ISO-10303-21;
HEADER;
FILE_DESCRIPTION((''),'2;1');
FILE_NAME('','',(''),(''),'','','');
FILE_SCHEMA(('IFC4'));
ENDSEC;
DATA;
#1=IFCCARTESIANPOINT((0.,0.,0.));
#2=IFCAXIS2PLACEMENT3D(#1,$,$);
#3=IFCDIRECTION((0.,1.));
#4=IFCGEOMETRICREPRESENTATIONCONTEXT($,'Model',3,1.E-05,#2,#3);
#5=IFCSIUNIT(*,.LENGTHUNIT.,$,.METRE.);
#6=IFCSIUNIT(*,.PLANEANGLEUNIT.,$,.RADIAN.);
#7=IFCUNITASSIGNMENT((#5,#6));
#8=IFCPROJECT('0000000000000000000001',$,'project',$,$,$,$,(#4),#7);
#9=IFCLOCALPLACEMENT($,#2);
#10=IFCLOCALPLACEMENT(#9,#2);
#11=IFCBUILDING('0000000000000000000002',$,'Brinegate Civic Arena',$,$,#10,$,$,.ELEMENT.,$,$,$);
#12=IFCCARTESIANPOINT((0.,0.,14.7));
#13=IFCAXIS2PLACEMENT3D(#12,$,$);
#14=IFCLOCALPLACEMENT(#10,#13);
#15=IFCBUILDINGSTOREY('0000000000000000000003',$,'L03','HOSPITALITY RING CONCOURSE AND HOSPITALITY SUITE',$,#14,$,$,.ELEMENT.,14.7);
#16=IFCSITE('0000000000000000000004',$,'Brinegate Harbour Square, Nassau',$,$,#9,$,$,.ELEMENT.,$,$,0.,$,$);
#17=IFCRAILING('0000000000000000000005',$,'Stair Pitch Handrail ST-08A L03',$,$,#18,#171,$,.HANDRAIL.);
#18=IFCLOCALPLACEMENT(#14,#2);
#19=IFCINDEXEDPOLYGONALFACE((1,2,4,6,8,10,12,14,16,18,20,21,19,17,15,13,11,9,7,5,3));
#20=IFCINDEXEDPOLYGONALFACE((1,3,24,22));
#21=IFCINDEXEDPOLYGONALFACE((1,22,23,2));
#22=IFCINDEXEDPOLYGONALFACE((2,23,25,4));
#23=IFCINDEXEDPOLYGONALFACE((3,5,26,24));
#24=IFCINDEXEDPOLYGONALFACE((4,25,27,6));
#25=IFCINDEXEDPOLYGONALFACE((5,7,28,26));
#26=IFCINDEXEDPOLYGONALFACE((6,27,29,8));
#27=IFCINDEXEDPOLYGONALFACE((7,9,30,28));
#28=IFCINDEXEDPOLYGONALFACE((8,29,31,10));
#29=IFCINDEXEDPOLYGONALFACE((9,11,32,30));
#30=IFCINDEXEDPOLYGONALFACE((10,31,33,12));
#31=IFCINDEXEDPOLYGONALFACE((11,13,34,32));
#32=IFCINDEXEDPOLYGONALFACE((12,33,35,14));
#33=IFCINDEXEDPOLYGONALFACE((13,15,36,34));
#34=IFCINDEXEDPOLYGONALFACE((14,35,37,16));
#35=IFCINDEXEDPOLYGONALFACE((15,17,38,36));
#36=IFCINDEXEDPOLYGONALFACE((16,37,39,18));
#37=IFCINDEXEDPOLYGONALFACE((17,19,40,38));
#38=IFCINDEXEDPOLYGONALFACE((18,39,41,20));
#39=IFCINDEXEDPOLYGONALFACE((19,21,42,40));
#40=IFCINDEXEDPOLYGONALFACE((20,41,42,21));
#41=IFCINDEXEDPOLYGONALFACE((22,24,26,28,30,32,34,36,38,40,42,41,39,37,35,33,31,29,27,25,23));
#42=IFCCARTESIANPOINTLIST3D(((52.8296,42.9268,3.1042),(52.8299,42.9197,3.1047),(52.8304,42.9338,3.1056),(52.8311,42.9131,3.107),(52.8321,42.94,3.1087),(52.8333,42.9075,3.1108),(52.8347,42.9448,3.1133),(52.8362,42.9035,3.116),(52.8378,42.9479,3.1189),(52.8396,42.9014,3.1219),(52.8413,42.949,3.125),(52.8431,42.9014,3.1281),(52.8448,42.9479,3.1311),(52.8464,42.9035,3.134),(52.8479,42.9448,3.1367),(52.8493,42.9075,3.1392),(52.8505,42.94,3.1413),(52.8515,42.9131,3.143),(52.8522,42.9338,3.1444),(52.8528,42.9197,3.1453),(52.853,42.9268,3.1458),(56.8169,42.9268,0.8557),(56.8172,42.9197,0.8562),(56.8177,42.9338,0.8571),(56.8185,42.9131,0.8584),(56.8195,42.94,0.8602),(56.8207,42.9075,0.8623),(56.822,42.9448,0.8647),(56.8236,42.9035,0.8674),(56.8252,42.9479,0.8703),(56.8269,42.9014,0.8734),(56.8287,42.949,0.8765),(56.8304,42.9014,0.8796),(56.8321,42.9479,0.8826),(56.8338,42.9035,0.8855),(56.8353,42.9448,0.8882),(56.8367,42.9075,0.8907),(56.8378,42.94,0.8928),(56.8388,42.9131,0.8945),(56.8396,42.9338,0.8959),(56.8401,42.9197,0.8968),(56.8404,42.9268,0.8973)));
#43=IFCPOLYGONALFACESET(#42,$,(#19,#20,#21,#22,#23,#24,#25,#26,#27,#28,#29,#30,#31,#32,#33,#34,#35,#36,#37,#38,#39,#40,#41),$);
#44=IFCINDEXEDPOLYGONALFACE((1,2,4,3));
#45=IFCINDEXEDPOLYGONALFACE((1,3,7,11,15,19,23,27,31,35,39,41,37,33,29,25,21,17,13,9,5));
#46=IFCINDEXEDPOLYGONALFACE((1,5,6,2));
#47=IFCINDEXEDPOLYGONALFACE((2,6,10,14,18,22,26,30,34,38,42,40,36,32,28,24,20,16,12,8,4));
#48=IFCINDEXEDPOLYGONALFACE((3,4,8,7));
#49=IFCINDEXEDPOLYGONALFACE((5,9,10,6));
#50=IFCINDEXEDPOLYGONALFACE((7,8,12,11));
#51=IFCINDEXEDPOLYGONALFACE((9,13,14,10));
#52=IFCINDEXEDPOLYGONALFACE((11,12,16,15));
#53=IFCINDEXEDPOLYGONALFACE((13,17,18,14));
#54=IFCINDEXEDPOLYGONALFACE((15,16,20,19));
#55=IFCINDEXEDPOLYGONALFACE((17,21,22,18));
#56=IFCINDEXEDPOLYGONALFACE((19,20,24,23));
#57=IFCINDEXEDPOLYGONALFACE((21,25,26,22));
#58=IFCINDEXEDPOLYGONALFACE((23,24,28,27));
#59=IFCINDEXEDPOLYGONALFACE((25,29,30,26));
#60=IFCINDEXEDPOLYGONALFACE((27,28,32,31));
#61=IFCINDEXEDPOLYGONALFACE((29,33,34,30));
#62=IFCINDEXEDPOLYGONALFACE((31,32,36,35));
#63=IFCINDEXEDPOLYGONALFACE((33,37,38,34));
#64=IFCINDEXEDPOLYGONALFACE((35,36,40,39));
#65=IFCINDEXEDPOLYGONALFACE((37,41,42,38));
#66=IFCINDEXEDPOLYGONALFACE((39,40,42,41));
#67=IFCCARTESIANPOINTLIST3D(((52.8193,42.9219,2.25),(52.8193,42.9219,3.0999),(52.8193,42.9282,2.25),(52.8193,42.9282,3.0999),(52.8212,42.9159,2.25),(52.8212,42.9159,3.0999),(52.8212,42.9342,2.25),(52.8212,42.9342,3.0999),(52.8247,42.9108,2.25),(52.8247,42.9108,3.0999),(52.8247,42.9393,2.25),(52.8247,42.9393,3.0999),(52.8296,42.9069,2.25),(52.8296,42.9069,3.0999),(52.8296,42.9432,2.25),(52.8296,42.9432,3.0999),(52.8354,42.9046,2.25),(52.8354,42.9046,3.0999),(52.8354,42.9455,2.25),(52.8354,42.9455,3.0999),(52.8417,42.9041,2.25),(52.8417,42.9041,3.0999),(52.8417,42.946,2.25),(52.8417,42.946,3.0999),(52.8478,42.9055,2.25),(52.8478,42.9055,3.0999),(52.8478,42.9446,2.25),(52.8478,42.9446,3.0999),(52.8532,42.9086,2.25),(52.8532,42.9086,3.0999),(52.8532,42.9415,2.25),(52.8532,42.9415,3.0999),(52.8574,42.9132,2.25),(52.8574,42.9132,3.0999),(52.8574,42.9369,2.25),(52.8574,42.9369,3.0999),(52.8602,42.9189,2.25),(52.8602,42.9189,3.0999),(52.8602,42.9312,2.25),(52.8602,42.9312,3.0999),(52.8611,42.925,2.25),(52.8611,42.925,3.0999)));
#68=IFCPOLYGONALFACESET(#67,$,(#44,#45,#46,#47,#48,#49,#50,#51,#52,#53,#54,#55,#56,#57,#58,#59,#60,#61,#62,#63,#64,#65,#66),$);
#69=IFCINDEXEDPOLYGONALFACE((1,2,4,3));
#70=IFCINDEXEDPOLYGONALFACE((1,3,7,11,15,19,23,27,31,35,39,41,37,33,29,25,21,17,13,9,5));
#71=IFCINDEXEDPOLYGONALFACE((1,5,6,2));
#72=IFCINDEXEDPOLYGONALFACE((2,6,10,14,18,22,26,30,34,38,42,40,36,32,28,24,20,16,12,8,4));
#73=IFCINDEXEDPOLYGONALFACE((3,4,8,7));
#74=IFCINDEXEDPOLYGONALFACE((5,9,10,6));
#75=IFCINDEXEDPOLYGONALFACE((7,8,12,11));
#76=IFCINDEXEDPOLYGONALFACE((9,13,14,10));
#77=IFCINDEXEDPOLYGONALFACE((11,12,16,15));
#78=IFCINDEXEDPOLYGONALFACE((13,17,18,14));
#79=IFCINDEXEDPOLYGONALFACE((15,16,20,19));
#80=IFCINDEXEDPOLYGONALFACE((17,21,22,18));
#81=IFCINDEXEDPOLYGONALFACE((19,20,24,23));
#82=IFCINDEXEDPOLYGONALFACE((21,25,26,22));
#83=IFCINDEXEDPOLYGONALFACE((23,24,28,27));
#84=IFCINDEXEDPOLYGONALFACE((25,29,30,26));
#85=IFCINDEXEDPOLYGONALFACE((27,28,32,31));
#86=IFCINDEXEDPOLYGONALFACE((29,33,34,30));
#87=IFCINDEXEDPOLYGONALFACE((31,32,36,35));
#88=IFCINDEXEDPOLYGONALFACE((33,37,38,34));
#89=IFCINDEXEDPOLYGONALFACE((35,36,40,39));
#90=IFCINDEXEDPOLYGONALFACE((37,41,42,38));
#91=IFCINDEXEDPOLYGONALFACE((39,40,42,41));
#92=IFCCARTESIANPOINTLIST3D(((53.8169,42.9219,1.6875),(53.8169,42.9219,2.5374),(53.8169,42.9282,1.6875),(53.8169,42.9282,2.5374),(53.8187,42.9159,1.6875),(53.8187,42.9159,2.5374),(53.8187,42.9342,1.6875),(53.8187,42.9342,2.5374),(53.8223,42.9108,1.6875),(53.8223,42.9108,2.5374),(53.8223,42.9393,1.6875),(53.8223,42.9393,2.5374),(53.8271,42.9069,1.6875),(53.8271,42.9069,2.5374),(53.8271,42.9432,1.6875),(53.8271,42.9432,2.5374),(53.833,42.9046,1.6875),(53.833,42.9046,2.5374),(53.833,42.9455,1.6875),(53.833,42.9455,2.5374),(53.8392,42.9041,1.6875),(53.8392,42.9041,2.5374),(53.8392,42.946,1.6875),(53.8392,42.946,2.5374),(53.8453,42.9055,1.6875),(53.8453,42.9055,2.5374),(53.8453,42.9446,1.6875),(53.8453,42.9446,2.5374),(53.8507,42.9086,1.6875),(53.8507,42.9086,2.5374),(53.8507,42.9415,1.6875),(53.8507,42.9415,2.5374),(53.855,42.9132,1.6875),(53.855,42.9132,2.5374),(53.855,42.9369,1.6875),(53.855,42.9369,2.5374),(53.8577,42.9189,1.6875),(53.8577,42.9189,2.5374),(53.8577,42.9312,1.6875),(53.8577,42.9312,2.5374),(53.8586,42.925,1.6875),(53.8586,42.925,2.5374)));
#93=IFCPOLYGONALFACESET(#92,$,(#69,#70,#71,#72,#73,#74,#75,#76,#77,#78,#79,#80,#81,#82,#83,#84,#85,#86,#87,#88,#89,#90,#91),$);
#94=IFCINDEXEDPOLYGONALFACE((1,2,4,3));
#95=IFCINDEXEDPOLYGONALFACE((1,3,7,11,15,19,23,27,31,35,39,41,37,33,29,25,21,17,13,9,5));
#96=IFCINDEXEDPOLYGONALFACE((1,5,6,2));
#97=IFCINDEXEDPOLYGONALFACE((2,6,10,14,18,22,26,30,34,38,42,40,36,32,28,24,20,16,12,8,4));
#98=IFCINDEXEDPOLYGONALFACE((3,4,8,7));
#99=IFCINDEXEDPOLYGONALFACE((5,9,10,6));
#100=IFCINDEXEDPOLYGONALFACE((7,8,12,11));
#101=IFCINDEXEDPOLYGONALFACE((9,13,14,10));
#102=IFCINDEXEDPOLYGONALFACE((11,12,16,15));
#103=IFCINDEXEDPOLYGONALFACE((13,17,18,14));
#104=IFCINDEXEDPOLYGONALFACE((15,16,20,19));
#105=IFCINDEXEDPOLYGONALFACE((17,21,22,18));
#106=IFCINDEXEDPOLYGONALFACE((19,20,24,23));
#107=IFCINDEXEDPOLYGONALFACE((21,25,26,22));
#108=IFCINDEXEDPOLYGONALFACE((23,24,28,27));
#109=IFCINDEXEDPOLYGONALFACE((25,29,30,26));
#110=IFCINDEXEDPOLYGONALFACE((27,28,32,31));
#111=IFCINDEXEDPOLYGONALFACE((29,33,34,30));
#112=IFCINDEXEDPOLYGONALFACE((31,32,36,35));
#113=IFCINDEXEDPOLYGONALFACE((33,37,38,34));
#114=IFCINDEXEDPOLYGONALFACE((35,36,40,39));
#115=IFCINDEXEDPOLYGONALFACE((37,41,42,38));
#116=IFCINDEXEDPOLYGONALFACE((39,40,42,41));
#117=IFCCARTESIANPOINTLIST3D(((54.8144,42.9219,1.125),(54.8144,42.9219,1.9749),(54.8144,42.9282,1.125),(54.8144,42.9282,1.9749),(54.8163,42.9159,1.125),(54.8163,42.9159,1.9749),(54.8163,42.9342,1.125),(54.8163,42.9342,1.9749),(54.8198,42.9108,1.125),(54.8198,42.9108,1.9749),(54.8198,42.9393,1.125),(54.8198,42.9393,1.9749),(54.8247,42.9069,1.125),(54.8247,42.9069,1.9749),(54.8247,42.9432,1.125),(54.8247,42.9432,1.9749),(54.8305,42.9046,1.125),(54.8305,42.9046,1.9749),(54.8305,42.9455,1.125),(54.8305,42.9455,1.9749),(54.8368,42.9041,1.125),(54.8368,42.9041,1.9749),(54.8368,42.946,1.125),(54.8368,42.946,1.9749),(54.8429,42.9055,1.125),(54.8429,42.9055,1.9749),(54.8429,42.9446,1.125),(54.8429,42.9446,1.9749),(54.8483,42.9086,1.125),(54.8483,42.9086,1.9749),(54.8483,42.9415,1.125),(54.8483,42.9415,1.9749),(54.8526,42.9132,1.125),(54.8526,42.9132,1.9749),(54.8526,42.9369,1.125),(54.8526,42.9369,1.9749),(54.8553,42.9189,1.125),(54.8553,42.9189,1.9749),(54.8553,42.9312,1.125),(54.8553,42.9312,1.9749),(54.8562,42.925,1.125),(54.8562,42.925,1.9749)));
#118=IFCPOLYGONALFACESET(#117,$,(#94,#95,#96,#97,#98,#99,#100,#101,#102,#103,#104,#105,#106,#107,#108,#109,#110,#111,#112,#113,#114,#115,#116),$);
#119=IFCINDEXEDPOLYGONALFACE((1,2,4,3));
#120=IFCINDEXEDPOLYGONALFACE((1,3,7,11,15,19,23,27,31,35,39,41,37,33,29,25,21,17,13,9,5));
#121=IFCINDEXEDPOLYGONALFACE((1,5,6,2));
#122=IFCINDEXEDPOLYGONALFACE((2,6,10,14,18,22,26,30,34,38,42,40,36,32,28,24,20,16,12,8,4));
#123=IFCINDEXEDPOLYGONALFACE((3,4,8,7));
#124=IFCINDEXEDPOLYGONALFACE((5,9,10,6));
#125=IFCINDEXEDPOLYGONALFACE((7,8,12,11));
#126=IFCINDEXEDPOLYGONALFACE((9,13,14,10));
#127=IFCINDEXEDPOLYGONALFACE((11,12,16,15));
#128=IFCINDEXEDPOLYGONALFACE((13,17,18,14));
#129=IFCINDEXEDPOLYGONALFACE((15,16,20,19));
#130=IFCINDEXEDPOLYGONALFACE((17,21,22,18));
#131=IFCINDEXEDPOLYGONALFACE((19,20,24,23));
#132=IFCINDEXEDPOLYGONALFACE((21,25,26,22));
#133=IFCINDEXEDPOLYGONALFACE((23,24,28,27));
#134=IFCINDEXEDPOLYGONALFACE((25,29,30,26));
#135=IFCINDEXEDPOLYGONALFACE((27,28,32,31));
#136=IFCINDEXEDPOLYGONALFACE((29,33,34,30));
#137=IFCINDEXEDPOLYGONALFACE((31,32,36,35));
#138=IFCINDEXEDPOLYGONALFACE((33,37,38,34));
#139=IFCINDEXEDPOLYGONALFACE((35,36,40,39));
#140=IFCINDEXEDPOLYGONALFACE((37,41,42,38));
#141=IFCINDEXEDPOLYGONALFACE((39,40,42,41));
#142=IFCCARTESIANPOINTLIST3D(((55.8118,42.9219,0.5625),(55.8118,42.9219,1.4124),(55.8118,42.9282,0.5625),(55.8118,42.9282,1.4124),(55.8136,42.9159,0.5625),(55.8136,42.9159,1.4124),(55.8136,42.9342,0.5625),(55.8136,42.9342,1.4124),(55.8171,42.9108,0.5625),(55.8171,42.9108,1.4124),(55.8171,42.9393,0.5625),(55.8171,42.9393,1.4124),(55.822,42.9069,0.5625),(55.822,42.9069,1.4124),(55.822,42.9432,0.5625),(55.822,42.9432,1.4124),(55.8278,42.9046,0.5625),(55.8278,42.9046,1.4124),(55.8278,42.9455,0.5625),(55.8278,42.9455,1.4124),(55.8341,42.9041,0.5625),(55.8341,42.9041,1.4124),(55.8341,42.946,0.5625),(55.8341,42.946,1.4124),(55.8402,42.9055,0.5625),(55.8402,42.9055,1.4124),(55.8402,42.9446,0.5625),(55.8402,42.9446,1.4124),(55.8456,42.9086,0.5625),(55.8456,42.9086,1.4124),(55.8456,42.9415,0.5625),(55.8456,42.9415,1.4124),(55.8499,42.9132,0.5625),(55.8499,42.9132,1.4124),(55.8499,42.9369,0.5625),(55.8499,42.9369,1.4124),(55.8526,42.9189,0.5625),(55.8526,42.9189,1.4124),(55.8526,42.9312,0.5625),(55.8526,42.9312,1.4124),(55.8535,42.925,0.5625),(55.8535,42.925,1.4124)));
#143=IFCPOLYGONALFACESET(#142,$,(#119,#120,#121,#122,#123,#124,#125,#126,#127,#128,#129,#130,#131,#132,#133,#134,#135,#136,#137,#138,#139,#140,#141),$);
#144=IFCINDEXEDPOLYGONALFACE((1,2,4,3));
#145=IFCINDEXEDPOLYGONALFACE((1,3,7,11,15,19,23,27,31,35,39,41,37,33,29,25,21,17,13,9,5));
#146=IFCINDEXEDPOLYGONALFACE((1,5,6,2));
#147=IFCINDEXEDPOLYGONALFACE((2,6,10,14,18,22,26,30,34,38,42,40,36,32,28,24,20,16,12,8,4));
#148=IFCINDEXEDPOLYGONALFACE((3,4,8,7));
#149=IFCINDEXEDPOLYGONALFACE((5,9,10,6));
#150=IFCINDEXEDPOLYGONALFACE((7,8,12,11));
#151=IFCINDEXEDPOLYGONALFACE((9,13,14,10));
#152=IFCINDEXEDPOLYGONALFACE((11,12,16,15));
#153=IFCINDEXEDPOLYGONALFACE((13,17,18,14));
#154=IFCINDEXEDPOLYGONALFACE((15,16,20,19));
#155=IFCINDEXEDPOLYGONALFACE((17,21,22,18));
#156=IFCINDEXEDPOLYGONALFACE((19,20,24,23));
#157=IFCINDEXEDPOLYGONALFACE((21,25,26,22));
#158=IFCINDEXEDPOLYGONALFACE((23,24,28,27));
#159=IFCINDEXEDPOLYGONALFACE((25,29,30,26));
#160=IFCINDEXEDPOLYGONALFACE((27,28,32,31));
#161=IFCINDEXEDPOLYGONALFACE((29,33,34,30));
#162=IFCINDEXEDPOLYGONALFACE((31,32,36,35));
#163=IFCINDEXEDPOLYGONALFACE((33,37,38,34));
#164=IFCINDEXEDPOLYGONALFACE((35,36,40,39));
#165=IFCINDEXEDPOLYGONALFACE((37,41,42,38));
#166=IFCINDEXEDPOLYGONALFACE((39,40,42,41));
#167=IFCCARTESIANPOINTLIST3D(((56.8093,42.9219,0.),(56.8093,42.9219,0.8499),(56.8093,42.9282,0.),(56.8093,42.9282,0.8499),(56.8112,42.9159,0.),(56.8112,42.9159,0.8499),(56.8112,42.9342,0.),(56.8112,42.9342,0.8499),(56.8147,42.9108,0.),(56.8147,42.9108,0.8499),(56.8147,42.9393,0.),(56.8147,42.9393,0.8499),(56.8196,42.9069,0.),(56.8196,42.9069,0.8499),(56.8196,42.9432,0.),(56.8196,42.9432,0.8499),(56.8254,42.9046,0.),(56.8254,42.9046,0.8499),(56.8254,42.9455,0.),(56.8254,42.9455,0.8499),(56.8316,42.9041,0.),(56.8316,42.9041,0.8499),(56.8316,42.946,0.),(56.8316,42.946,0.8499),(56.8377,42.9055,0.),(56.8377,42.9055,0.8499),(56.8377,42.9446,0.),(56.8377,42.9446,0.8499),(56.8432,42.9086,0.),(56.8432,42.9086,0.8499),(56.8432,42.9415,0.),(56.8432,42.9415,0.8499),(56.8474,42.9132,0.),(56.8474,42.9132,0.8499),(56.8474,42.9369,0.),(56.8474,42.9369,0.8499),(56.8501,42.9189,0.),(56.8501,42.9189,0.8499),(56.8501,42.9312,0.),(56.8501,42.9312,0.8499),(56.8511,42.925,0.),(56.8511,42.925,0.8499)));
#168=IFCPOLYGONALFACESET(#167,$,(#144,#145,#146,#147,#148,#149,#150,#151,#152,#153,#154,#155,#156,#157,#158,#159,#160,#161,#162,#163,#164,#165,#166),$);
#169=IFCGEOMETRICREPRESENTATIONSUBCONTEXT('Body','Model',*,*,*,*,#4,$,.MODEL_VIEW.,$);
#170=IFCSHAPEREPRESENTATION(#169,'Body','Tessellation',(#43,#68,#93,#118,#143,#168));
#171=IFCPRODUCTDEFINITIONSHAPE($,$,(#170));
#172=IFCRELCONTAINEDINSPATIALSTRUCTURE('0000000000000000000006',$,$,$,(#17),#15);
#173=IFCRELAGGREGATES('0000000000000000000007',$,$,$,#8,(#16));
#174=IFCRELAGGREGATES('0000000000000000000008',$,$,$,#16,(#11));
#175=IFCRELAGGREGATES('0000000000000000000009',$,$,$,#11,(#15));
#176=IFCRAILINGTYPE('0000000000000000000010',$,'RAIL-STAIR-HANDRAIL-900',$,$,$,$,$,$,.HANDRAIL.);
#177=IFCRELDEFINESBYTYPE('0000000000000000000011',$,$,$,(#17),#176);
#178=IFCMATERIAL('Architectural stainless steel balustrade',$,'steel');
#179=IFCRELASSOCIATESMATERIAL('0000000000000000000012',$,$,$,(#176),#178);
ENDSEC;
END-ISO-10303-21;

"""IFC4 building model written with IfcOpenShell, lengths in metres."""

from ifc_helpers import new_model, si_unit, direction, frame, origin, origin_2d, place, context, subcontext, project, spatial, circle, extrude, material, type_object, element, save


model = new_model("IFC4")

# Units and contexts
model_context = context("Model", 3, precision=1e-05, world=origin(), true_north=direction((0.0, 1.0)))
body_context = subcontext(model_context, "Body", "Model", "MODEL_VIEW")
ifc_project = project(units=[si_unit("LENGTHUNIT", "METRE"), si_unit("PLANEANGLEUNIT", "RADIAN")], contexts=[model_context])

# Site, building, storey
site_placement = place(None, origin())
site = spatial("IfcSite", under=ifc_project, at=site_placement, Name="Brinegate Harbour Square, Nassau", CompositionType="ELEMENT", RefElevation=0.0)
building_placement = place(site_placement, origin())
building = spatial("IfcBuilding", under=site, at=building_placement, Name="Brinegate Civic Arena", CompositionType="ELEMENT")
storey_placement = place(building_placement, frame((0.0, 0.0, 14.7)))
storey = spatial("IfcBuildingStorey", under=building, at=storey_placement, Name="L03", Description="HOSPITALITY RING CONCOURSE AND HOSPITALITY SUITE", CompositionType="ELEMENT", Elevation=14.7)

# Railing
ifc_material_1 = material(Name="Architectural stainless steel balustrade", Category="steel")
railing_type = type_object("IfcRailingType", Name="RAIL-STAIR-HANDRAIL-900", PredefinedType="HANDRAIL", material=ifc_material_1)
railing_placement = place(storey_placement, frame((52.8401, 42.925, 2.25)))
element("IfcRailing", 1, at=railing_placement, inside=storey, type_object=railing_type, Name="Stair Pitch Handrail ST-08A L03", PredefinedType="HANDRAIL", context=body_context, shape_type="SweptSolid", body=[
    extrude(circle(Radius=0.0239, at=origin_2d()), frame((0.0012, 0.0, 0.875), z_axis=(0.87105, 0.0, -0.491195), x_axis=(0.0, 1.0, 0.0)), (0.0, 0.0, 1.0), 4.5776),
    extrude(circle(Radius=0.021, at=origin_2d()), origin(), (0.0, 0.0, 1.0), 0.8499),
    extrude(circle(Radius=0.021, at=origin_2d()), frame((0.9976, 0.0, -0.5625)), (0.0, 0.0, 1.0), 0.8499),
    extrude(circle(Radius=0.021, at=origin_2d()), frame((1.9951, 0.0, -1.125)), (0.0, 0.0, 1.0), 0.8499),
    extrude(circle(Radius=0.021, at=origin_2d()), frame((2.9924, 0.0, -1.6875)), (0.0, 0.0, 1.0), 0.8499),
    extrude(circle(Radius=0.021, at=origin_2d()), frame((3.99, 0.0, -2.25)), (0.0, 0.0, 1.0), 0.8499),
])

save(model, "model.ifc")
